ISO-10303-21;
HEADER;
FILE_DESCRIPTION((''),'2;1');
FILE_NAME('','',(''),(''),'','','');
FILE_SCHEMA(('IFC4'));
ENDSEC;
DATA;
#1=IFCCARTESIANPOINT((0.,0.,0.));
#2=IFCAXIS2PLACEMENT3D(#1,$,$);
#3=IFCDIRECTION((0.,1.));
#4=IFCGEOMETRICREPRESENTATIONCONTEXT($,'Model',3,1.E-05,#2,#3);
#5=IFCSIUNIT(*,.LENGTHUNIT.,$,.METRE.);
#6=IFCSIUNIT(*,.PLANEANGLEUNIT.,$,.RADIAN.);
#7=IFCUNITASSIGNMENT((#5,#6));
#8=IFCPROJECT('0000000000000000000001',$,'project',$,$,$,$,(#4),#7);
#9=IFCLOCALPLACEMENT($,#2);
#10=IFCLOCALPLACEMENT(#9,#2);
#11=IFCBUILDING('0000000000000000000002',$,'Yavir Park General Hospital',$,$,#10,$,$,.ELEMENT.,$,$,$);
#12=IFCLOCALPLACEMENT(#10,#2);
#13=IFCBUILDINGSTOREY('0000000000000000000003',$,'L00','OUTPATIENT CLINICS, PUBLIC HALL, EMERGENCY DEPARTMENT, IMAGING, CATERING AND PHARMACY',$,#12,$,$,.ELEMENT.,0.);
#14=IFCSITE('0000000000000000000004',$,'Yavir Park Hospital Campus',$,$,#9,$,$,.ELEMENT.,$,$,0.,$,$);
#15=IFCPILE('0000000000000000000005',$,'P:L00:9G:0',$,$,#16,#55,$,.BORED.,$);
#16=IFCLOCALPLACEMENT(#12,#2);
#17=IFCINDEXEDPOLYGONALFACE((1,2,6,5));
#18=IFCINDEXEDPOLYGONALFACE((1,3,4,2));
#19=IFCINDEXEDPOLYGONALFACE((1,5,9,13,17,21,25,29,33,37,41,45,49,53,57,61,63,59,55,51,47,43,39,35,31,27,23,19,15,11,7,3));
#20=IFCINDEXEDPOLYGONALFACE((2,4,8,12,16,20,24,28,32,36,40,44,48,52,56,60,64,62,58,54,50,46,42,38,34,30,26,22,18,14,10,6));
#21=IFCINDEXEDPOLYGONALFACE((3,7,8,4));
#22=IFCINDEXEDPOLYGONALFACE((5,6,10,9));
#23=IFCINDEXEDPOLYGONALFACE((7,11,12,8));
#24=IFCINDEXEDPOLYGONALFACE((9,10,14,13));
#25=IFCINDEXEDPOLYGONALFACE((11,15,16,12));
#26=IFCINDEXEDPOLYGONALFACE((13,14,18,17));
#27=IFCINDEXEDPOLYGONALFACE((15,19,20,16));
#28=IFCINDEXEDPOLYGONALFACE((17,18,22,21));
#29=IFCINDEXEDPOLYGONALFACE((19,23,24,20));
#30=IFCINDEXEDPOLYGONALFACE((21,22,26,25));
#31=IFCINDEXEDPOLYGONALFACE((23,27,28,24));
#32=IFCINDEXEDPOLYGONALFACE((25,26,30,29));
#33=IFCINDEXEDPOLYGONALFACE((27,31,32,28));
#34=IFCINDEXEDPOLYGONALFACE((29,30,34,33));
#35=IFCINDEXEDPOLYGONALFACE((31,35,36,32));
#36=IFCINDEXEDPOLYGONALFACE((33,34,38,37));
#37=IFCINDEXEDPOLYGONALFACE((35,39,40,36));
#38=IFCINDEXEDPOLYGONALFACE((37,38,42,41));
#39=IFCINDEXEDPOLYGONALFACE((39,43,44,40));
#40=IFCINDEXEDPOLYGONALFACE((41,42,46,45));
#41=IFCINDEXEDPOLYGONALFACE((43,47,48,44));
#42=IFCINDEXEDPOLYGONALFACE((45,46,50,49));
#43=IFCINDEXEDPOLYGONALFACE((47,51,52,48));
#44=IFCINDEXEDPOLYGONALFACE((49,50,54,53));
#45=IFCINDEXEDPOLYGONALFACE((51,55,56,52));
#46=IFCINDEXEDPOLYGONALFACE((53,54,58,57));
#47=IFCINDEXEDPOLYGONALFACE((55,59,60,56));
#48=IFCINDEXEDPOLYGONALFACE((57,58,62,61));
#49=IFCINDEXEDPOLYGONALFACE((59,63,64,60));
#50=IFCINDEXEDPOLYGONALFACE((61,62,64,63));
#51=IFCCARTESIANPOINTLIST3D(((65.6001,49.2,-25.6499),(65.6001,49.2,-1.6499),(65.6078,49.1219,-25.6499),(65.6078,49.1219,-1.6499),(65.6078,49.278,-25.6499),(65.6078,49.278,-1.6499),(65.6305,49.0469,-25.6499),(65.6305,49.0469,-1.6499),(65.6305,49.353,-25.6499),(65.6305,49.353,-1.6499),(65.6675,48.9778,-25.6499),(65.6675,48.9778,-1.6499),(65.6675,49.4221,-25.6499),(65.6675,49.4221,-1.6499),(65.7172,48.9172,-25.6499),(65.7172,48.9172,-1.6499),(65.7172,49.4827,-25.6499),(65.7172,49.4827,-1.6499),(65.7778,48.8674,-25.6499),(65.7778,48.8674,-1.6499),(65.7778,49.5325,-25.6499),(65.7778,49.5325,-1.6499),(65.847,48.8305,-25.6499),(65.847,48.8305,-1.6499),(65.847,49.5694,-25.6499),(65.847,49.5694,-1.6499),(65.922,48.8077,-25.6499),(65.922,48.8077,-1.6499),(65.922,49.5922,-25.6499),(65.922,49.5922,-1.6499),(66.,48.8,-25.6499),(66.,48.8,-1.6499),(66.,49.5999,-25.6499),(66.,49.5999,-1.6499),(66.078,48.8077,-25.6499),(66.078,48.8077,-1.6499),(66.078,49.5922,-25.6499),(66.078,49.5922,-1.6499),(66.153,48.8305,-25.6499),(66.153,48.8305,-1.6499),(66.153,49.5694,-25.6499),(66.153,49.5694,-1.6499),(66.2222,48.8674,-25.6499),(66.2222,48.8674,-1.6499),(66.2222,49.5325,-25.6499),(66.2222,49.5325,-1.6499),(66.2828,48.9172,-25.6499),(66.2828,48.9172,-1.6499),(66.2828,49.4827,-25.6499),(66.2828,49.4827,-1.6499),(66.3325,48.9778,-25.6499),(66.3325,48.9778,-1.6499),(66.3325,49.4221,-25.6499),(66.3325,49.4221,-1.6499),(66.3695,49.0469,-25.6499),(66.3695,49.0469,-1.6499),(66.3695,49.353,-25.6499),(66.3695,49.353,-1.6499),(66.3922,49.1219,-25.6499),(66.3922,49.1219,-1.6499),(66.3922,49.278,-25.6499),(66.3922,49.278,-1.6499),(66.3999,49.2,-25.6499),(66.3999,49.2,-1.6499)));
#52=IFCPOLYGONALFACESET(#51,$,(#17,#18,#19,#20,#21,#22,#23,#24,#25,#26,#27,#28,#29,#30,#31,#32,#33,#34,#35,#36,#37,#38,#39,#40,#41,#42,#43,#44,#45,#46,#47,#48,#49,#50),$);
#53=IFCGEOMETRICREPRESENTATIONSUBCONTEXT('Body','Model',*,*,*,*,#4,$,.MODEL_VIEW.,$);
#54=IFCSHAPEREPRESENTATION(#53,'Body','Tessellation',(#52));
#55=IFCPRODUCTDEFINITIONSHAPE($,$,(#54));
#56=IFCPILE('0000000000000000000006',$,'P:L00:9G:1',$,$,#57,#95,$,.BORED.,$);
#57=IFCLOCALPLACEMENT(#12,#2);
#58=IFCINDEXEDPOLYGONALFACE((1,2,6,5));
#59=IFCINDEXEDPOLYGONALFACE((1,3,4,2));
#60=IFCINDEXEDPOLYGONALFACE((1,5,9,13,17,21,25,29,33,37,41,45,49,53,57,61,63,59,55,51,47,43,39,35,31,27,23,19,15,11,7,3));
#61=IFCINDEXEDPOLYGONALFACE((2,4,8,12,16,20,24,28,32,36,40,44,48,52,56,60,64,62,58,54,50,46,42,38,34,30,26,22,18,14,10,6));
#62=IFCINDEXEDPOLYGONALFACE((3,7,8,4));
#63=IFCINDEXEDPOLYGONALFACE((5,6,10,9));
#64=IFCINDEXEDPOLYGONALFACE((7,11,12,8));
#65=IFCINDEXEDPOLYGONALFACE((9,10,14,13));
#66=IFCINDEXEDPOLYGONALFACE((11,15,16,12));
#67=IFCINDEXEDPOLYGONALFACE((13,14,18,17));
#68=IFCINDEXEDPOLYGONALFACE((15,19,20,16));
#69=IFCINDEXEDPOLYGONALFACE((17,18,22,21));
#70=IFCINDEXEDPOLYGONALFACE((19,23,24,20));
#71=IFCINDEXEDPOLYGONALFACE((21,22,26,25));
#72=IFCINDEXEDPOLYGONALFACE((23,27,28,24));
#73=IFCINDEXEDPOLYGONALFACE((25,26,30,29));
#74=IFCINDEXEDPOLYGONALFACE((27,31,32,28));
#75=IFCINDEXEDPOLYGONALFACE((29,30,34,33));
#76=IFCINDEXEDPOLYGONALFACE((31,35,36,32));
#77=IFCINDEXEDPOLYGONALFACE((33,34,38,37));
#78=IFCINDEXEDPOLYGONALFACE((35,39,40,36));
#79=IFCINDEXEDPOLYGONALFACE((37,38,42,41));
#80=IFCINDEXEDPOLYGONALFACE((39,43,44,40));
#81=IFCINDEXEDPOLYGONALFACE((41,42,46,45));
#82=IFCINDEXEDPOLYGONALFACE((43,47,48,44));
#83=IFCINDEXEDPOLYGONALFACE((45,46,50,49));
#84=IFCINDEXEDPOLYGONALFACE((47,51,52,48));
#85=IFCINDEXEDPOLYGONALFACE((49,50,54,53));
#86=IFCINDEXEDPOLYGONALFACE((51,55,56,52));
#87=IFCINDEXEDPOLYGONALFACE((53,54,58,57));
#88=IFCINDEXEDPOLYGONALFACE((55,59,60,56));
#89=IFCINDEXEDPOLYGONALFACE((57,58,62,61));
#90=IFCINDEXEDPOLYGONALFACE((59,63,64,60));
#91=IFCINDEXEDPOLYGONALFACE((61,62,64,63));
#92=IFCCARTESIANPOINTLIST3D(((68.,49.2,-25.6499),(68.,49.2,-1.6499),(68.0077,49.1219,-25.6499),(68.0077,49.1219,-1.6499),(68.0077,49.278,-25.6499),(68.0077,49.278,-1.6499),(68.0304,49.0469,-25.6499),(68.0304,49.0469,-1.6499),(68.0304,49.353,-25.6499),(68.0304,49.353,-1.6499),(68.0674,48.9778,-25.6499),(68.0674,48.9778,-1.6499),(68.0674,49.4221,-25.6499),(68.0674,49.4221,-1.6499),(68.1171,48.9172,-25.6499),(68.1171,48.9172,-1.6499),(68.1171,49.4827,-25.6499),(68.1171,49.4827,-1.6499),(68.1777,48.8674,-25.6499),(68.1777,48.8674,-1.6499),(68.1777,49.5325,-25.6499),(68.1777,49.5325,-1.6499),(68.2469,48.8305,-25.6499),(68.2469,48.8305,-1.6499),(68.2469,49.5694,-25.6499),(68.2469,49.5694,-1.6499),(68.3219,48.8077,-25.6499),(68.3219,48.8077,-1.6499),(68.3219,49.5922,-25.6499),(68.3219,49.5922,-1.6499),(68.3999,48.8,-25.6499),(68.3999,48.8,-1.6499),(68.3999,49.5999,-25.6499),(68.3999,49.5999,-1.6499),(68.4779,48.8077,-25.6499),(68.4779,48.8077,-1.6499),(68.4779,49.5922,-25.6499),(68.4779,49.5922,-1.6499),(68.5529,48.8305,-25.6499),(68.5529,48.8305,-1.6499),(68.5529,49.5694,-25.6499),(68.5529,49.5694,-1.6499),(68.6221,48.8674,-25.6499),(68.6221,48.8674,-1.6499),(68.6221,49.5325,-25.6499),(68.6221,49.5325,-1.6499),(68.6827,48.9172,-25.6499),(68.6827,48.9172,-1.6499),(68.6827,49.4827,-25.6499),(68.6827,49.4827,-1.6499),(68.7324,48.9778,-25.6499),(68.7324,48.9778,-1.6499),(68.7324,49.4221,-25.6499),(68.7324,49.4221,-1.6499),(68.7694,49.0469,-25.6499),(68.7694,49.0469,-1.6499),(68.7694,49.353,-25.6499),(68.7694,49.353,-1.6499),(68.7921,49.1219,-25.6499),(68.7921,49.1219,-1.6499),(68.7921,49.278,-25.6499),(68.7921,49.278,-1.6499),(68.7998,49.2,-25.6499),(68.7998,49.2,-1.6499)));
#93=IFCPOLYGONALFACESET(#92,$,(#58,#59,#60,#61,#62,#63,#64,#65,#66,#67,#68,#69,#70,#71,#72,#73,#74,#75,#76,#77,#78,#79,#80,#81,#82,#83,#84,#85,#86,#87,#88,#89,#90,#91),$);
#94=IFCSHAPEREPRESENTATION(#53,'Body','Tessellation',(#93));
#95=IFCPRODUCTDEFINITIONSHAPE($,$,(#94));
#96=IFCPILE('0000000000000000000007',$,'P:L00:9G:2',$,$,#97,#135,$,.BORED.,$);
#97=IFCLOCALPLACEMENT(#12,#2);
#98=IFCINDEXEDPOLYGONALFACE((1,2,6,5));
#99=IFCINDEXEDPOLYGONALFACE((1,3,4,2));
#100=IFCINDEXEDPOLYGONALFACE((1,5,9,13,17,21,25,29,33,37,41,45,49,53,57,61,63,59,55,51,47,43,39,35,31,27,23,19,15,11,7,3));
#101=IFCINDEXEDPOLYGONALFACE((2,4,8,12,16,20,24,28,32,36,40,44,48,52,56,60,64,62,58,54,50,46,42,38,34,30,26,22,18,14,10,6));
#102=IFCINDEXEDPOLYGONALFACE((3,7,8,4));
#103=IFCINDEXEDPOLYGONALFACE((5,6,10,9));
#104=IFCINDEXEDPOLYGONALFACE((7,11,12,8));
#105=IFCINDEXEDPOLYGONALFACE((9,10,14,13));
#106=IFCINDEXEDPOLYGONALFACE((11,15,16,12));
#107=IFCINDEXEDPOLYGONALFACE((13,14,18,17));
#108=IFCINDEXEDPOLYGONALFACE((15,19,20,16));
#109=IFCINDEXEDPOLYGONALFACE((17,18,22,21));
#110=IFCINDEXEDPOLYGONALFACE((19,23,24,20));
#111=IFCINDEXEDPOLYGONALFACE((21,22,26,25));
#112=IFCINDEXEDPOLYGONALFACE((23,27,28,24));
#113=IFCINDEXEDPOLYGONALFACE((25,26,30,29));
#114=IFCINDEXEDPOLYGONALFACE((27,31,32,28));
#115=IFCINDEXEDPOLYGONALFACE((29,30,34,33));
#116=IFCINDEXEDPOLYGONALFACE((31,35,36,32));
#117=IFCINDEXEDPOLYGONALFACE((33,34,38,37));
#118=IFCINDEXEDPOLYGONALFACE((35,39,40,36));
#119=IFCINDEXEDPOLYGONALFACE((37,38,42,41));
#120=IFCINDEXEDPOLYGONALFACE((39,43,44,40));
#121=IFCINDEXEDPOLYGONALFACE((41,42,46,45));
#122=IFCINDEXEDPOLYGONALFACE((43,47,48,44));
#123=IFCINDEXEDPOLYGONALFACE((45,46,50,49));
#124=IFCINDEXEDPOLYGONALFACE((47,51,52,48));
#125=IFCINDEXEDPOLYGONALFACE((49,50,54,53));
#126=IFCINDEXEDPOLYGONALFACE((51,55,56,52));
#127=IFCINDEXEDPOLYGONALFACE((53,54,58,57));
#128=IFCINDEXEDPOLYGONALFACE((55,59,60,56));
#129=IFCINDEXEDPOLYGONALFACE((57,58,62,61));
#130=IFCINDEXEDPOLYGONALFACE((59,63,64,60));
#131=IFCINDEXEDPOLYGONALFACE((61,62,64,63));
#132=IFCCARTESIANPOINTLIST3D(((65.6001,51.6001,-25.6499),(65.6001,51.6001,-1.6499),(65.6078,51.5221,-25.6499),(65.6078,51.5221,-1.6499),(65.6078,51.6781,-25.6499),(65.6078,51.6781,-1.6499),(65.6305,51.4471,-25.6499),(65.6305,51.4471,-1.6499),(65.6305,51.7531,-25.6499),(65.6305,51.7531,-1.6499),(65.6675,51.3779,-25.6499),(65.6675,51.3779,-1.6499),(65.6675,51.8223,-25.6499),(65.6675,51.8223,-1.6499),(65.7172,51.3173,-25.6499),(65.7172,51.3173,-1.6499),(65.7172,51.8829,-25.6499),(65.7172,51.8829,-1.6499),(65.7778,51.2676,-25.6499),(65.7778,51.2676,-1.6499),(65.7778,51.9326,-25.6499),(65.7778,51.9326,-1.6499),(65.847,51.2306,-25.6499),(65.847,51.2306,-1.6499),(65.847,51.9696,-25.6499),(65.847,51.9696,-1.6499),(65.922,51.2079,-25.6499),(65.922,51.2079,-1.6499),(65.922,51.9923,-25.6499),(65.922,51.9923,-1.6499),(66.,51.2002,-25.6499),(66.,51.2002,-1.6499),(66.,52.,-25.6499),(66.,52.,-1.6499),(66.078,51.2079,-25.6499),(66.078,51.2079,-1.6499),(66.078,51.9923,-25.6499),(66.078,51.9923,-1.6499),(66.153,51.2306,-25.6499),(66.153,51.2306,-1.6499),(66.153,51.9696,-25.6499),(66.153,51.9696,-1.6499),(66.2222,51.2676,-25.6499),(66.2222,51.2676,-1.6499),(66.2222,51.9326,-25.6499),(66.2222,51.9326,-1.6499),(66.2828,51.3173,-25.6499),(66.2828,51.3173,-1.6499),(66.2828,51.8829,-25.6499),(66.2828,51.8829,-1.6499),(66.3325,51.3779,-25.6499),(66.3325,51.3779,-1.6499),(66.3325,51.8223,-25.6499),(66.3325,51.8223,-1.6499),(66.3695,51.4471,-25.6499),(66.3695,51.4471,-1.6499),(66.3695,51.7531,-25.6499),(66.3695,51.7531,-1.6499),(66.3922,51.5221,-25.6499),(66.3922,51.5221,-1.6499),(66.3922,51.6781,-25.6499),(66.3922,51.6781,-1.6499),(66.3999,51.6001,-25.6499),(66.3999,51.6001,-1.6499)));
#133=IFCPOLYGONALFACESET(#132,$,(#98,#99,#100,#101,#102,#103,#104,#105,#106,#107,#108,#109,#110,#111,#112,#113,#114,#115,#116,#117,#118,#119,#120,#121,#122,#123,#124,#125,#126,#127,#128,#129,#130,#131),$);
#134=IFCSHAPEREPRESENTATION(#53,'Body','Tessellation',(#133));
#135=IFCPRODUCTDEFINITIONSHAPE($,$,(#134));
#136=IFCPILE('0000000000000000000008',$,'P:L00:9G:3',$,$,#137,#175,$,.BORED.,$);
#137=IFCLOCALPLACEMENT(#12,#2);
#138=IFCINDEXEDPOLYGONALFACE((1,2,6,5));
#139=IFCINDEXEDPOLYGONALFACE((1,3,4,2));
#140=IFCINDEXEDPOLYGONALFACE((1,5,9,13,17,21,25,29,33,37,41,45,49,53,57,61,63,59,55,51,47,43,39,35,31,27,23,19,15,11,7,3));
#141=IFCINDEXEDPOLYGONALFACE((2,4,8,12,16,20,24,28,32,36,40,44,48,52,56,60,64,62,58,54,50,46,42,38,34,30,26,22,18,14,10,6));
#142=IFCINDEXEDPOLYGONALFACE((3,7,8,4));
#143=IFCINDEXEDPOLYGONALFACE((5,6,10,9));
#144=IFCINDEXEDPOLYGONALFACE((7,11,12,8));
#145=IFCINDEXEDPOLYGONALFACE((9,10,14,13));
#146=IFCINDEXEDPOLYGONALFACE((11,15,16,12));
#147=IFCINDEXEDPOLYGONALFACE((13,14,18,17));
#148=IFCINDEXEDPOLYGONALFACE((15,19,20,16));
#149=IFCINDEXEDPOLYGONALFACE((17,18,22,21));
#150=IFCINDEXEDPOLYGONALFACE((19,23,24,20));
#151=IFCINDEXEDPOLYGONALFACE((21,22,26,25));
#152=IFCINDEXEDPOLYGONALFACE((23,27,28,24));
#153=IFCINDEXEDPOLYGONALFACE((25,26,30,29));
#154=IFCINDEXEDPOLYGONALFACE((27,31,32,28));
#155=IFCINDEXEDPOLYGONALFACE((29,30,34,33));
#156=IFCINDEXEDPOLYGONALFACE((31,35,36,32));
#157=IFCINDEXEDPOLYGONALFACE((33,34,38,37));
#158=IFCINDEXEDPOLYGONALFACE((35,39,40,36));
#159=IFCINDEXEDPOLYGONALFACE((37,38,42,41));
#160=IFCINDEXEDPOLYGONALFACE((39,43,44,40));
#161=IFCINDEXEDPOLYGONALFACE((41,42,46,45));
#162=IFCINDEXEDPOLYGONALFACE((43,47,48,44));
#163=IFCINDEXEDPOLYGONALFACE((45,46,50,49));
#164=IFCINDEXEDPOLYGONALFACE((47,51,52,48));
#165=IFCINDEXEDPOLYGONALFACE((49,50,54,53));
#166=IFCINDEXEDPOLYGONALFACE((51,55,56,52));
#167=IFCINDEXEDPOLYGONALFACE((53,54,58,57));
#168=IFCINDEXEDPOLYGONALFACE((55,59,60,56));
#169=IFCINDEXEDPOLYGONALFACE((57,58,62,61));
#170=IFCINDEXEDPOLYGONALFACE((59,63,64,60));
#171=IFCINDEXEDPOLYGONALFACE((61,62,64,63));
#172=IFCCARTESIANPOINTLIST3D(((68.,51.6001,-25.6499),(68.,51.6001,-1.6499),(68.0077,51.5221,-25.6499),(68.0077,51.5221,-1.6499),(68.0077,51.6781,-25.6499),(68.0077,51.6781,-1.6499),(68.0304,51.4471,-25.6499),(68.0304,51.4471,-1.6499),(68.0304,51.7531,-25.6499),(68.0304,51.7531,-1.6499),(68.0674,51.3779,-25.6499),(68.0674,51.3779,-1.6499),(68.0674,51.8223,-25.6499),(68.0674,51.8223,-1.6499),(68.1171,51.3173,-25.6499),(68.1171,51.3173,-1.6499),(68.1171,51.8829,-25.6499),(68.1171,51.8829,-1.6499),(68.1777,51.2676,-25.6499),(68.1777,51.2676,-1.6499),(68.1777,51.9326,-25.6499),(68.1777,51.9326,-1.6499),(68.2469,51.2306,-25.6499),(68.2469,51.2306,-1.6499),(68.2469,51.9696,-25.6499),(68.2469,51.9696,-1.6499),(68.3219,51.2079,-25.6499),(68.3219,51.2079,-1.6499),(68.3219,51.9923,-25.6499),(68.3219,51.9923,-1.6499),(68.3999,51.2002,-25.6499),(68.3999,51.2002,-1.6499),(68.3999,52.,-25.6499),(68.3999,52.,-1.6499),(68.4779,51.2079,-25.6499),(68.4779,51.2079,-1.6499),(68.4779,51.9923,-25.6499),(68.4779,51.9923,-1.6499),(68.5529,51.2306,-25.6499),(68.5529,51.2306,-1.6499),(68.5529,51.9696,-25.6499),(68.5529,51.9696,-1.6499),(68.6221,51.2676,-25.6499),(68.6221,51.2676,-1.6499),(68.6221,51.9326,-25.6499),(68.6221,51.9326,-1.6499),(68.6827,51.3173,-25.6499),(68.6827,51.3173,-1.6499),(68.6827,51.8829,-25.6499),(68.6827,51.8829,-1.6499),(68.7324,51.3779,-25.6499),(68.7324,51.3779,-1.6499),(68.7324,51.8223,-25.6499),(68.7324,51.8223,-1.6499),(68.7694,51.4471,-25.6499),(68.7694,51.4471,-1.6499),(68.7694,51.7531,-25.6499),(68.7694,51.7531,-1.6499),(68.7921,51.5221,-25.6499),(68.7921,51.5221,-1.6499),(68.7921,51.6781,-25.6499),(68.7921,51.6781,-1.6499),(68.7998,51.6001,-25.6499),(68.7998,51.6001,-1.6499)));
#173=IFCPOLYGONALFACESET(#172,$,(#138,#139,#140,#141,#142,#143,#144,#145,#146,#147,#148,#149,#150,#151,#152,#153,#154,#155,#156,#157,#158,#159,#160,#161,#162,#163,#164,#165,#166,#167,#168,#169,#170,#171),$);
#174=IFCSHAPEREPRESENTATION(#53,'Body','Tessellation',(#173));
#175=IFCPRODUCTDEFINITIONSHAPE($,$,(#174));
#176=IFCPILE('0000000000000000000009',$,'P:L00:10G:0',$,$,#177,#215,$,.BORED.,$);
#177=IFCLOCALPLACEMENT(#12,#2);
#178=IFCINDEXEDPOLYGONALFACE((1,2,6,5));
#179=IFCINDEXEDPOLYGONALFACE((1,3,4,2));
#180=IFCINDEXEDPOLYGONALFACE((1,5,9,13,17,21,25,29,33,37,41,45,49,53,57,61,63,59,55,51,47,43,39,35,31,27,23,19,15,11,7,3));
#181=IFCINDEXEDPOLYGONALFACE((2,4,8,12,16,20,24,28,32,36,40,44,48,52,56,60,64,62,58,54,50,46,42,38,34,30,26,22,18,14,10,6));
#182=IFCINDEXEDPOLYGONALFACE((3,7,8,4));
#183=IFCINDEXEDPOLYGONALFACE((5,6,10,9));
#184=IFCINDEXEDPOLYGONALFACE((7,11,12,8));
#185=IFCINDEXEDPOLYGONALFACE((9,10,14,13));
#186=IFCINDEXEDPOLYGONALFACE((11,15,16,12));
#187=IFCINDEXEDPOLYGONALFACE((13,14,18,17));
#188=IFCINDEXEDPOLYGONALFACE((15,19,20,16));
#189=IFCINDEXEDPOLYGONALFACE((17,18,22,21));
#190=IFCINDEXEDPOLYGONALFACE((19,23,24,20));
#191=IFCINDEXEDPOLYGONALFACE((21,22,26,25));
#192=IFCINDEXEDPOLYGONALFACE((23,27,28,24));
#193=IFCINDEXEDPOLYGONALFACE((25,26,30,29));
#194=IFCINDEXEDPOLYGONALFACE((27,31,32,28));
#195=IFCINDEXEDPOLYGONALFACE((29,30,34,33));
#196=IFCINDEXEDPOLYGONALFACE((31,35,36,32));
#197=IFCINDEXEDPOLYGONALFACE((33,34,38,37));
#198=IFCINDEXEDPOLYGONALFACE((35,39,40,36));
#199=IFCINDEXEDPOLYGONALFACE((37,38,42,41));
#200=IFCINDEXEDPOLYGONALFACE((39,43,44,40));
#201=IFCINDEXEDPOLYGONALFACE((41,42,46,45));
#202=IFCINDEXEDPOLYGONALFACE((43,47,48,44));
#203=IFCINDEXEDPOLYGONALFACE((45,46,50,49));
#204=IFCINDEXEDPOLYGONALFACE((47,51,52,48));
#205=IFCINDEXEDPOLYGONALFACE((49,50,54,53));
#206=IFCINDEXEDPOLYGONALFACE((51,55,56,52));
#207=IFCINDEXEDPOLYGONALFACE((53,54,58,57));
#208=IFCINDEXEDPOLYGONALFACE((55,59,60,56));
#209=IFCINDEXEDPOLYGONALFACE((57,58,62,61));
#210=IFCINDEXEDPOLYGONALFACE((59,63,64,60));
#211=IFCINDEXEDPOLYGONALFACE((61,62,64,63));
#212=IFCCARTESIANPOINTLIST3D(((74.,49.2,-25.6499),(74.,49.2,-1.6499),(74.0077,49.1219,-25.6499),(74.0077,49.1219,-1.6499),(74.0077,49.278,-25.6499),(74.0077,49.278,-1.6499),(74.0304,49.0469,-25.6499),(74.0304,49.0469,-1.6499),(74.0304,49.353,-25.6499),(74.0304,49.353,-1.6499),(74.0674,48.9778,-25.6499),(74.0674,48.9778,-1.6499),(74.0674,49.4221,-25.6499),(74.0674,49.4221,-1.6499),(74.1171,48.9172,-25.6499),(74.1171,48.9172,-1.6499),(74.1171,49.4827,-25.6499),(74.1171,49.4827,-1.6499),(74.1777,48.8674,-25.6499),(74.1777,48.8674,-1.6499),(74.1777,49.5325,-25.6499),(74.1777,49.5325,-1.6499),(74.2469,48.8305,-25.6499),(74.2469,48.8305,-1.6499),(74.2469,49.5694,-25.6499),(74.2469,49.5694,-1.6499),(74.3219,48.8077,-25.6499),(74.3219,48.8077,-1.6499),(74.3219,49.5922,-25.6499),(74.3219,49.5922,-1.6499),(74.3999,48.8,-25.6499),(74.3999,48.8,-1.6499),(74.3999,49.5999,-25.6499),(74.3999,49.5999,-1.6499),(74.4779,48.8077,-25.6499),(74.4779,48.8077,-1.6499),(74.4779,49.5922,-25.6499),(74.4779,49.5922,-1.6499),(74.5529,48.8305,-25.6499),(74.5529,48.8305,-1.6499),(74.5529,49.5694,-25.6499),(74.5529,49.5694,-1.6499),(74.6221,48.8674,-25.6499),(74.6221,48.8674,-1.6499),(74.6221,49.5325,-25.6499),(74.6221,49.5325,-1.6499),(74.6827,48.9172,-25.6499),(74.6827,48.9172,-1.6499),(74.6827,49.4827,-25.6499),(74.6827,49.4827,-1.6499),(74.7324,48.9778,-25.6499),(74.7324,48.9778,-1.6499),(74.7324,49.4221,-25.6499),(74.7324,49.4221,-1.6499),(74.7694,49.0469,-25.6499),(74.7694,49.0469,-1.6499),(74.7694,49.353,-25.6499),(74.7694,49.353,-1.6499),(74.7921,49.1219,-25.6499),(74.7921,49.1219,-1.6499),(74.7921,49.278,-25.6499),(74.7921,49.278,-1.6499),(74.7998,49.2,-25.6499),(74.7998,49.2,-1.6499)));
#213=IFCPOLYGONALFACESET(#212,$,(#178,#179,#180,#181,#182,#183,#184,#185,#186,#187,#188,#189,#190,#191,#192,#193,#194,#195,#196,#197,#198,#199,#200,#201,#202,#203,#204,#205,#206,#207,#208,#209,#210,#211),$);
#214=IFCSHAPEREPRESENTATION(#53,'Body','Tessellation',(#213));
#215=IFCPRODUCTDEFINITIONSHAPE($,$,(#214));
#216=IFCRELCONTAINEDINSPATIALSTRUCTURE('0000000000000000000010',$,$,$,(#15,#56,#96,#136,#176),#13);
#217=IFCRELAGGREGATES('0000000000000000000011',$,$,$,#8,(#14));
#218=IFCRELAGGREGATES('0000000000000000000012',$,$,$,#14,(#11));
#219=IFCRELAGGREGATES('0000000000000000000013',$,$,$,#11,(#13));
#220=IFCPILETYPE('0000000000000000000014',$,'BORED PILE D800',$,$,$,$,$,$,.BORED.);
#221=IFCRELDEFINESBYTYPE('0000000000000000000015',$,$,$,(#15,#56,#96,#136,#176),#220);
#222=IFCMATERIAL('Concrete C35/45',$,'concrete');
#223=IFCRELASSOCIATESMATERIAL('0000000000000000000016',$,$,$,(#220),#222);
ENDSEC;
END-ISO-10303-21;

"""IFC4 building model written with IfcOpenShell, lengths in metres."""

from ifc_helpers import new_model, si_unit, direction, frame, origin, origin_2d, place, context, subcontext, project, spatial, circle, extrude, material, material_profile, profile_set, type_object, element, save


model = new_model("IFC4")

# Units and contexts
model_context = context("Model", 3, precision=1e-05, world=origin(), true_north=direction((0.0, 1.0)))
body_context = subcontext(model_context, "Body", "Model", "MODEL_VIEW")
ifc_project = project(units=[si_unit("LENGTHUNIT", "METRE"), si_unit("PLANEANGLEUNIT", "RADIAN")], contexts=[model_context])

# Site, building, storey
site_placement = place(None, origin())
site = spatial("IfcSite", under=ifc_project, at=site_placement, Name="Yavir Park Hospital Campus", CompositionType="ELEMENT", RefElevation=0.0)
building_placement = place(site_placement, origin())
building = spatial("IfcBuilding", under=site, at=building_placement, Name="Yavir Park General Hospital", CompositionType="ELEMENT")
storey_placement = place(building_placement, origin())
storey = spatial("IfcBuildingStorey", under=building, at=storey_placement, Name="L00", Description="OUTPATIENT CLINICS, PUBLIC HALL, EMERGENCY DEPARTMENT, IMAGING, CATERING AND PHARMACY", CompositionType="ELEMENT", Elevation=0.0)

# Piles
ifc_material_1 = material(Name="Concrete C35/45", Category="concrete")
ifc_material_profile_1 = material_profile(ifc_material_1, circle(Radius=0.3999, at=origin_2d()), Name="D800")
ifc_profile_set_1 = profile_set([ifc_material_profile_1], Name="Concrete C35/45")
pile_type = type_object("IfcPileType", Name="BORED PILE D800", PredefinedType="BORED", material=ifc_profile_set_1)
for number, where, z_axis, x_axis, name in (
    (1, (66.0, 49.2, -1.6499), (0.0, 0.0, -1.0), (1.0, 0.0, 0.0), "P:L00:9G:0"),
    (2, (68.3999, 49.2, -1.6499), (0.0, 0.0, -1.0), (1.0, 0.0, 0.0), "P:L00:9G:1"),
    (3, (66.0, 51.6001, -1.6499), (0.0, 0.0, -1.0), (1.0, 0.0, 0.0), "P:L00:9G:2"),
    (4, (68.3999, 51.6001, -1.6499), (0.0, 0.0, -1.0), (1.0, 0.0, 0.0), "P:L00:9G:3"),
    (5, (74.3999, 49.2, -1.6499), (0.0, 0.0, -1.0), (1.0, 0.0, 0.0), "P:L00:10G:0"),
):
    element("IfcPile", number, at=place(storey_placement, frame(where, z_axis=z_axis, x_axis=x_axis)), inside=storey, type_object=pile_type, Name=name, PredefinedType="BORED", context=body_context, shape_type="SweptSolid", body=[
        extrude(circle(Radius=0.3999, at=origin_2d()), origin(), (0.0, 0.0, 1.0), 24.0),
    ])

save(model, "model.ifc")
